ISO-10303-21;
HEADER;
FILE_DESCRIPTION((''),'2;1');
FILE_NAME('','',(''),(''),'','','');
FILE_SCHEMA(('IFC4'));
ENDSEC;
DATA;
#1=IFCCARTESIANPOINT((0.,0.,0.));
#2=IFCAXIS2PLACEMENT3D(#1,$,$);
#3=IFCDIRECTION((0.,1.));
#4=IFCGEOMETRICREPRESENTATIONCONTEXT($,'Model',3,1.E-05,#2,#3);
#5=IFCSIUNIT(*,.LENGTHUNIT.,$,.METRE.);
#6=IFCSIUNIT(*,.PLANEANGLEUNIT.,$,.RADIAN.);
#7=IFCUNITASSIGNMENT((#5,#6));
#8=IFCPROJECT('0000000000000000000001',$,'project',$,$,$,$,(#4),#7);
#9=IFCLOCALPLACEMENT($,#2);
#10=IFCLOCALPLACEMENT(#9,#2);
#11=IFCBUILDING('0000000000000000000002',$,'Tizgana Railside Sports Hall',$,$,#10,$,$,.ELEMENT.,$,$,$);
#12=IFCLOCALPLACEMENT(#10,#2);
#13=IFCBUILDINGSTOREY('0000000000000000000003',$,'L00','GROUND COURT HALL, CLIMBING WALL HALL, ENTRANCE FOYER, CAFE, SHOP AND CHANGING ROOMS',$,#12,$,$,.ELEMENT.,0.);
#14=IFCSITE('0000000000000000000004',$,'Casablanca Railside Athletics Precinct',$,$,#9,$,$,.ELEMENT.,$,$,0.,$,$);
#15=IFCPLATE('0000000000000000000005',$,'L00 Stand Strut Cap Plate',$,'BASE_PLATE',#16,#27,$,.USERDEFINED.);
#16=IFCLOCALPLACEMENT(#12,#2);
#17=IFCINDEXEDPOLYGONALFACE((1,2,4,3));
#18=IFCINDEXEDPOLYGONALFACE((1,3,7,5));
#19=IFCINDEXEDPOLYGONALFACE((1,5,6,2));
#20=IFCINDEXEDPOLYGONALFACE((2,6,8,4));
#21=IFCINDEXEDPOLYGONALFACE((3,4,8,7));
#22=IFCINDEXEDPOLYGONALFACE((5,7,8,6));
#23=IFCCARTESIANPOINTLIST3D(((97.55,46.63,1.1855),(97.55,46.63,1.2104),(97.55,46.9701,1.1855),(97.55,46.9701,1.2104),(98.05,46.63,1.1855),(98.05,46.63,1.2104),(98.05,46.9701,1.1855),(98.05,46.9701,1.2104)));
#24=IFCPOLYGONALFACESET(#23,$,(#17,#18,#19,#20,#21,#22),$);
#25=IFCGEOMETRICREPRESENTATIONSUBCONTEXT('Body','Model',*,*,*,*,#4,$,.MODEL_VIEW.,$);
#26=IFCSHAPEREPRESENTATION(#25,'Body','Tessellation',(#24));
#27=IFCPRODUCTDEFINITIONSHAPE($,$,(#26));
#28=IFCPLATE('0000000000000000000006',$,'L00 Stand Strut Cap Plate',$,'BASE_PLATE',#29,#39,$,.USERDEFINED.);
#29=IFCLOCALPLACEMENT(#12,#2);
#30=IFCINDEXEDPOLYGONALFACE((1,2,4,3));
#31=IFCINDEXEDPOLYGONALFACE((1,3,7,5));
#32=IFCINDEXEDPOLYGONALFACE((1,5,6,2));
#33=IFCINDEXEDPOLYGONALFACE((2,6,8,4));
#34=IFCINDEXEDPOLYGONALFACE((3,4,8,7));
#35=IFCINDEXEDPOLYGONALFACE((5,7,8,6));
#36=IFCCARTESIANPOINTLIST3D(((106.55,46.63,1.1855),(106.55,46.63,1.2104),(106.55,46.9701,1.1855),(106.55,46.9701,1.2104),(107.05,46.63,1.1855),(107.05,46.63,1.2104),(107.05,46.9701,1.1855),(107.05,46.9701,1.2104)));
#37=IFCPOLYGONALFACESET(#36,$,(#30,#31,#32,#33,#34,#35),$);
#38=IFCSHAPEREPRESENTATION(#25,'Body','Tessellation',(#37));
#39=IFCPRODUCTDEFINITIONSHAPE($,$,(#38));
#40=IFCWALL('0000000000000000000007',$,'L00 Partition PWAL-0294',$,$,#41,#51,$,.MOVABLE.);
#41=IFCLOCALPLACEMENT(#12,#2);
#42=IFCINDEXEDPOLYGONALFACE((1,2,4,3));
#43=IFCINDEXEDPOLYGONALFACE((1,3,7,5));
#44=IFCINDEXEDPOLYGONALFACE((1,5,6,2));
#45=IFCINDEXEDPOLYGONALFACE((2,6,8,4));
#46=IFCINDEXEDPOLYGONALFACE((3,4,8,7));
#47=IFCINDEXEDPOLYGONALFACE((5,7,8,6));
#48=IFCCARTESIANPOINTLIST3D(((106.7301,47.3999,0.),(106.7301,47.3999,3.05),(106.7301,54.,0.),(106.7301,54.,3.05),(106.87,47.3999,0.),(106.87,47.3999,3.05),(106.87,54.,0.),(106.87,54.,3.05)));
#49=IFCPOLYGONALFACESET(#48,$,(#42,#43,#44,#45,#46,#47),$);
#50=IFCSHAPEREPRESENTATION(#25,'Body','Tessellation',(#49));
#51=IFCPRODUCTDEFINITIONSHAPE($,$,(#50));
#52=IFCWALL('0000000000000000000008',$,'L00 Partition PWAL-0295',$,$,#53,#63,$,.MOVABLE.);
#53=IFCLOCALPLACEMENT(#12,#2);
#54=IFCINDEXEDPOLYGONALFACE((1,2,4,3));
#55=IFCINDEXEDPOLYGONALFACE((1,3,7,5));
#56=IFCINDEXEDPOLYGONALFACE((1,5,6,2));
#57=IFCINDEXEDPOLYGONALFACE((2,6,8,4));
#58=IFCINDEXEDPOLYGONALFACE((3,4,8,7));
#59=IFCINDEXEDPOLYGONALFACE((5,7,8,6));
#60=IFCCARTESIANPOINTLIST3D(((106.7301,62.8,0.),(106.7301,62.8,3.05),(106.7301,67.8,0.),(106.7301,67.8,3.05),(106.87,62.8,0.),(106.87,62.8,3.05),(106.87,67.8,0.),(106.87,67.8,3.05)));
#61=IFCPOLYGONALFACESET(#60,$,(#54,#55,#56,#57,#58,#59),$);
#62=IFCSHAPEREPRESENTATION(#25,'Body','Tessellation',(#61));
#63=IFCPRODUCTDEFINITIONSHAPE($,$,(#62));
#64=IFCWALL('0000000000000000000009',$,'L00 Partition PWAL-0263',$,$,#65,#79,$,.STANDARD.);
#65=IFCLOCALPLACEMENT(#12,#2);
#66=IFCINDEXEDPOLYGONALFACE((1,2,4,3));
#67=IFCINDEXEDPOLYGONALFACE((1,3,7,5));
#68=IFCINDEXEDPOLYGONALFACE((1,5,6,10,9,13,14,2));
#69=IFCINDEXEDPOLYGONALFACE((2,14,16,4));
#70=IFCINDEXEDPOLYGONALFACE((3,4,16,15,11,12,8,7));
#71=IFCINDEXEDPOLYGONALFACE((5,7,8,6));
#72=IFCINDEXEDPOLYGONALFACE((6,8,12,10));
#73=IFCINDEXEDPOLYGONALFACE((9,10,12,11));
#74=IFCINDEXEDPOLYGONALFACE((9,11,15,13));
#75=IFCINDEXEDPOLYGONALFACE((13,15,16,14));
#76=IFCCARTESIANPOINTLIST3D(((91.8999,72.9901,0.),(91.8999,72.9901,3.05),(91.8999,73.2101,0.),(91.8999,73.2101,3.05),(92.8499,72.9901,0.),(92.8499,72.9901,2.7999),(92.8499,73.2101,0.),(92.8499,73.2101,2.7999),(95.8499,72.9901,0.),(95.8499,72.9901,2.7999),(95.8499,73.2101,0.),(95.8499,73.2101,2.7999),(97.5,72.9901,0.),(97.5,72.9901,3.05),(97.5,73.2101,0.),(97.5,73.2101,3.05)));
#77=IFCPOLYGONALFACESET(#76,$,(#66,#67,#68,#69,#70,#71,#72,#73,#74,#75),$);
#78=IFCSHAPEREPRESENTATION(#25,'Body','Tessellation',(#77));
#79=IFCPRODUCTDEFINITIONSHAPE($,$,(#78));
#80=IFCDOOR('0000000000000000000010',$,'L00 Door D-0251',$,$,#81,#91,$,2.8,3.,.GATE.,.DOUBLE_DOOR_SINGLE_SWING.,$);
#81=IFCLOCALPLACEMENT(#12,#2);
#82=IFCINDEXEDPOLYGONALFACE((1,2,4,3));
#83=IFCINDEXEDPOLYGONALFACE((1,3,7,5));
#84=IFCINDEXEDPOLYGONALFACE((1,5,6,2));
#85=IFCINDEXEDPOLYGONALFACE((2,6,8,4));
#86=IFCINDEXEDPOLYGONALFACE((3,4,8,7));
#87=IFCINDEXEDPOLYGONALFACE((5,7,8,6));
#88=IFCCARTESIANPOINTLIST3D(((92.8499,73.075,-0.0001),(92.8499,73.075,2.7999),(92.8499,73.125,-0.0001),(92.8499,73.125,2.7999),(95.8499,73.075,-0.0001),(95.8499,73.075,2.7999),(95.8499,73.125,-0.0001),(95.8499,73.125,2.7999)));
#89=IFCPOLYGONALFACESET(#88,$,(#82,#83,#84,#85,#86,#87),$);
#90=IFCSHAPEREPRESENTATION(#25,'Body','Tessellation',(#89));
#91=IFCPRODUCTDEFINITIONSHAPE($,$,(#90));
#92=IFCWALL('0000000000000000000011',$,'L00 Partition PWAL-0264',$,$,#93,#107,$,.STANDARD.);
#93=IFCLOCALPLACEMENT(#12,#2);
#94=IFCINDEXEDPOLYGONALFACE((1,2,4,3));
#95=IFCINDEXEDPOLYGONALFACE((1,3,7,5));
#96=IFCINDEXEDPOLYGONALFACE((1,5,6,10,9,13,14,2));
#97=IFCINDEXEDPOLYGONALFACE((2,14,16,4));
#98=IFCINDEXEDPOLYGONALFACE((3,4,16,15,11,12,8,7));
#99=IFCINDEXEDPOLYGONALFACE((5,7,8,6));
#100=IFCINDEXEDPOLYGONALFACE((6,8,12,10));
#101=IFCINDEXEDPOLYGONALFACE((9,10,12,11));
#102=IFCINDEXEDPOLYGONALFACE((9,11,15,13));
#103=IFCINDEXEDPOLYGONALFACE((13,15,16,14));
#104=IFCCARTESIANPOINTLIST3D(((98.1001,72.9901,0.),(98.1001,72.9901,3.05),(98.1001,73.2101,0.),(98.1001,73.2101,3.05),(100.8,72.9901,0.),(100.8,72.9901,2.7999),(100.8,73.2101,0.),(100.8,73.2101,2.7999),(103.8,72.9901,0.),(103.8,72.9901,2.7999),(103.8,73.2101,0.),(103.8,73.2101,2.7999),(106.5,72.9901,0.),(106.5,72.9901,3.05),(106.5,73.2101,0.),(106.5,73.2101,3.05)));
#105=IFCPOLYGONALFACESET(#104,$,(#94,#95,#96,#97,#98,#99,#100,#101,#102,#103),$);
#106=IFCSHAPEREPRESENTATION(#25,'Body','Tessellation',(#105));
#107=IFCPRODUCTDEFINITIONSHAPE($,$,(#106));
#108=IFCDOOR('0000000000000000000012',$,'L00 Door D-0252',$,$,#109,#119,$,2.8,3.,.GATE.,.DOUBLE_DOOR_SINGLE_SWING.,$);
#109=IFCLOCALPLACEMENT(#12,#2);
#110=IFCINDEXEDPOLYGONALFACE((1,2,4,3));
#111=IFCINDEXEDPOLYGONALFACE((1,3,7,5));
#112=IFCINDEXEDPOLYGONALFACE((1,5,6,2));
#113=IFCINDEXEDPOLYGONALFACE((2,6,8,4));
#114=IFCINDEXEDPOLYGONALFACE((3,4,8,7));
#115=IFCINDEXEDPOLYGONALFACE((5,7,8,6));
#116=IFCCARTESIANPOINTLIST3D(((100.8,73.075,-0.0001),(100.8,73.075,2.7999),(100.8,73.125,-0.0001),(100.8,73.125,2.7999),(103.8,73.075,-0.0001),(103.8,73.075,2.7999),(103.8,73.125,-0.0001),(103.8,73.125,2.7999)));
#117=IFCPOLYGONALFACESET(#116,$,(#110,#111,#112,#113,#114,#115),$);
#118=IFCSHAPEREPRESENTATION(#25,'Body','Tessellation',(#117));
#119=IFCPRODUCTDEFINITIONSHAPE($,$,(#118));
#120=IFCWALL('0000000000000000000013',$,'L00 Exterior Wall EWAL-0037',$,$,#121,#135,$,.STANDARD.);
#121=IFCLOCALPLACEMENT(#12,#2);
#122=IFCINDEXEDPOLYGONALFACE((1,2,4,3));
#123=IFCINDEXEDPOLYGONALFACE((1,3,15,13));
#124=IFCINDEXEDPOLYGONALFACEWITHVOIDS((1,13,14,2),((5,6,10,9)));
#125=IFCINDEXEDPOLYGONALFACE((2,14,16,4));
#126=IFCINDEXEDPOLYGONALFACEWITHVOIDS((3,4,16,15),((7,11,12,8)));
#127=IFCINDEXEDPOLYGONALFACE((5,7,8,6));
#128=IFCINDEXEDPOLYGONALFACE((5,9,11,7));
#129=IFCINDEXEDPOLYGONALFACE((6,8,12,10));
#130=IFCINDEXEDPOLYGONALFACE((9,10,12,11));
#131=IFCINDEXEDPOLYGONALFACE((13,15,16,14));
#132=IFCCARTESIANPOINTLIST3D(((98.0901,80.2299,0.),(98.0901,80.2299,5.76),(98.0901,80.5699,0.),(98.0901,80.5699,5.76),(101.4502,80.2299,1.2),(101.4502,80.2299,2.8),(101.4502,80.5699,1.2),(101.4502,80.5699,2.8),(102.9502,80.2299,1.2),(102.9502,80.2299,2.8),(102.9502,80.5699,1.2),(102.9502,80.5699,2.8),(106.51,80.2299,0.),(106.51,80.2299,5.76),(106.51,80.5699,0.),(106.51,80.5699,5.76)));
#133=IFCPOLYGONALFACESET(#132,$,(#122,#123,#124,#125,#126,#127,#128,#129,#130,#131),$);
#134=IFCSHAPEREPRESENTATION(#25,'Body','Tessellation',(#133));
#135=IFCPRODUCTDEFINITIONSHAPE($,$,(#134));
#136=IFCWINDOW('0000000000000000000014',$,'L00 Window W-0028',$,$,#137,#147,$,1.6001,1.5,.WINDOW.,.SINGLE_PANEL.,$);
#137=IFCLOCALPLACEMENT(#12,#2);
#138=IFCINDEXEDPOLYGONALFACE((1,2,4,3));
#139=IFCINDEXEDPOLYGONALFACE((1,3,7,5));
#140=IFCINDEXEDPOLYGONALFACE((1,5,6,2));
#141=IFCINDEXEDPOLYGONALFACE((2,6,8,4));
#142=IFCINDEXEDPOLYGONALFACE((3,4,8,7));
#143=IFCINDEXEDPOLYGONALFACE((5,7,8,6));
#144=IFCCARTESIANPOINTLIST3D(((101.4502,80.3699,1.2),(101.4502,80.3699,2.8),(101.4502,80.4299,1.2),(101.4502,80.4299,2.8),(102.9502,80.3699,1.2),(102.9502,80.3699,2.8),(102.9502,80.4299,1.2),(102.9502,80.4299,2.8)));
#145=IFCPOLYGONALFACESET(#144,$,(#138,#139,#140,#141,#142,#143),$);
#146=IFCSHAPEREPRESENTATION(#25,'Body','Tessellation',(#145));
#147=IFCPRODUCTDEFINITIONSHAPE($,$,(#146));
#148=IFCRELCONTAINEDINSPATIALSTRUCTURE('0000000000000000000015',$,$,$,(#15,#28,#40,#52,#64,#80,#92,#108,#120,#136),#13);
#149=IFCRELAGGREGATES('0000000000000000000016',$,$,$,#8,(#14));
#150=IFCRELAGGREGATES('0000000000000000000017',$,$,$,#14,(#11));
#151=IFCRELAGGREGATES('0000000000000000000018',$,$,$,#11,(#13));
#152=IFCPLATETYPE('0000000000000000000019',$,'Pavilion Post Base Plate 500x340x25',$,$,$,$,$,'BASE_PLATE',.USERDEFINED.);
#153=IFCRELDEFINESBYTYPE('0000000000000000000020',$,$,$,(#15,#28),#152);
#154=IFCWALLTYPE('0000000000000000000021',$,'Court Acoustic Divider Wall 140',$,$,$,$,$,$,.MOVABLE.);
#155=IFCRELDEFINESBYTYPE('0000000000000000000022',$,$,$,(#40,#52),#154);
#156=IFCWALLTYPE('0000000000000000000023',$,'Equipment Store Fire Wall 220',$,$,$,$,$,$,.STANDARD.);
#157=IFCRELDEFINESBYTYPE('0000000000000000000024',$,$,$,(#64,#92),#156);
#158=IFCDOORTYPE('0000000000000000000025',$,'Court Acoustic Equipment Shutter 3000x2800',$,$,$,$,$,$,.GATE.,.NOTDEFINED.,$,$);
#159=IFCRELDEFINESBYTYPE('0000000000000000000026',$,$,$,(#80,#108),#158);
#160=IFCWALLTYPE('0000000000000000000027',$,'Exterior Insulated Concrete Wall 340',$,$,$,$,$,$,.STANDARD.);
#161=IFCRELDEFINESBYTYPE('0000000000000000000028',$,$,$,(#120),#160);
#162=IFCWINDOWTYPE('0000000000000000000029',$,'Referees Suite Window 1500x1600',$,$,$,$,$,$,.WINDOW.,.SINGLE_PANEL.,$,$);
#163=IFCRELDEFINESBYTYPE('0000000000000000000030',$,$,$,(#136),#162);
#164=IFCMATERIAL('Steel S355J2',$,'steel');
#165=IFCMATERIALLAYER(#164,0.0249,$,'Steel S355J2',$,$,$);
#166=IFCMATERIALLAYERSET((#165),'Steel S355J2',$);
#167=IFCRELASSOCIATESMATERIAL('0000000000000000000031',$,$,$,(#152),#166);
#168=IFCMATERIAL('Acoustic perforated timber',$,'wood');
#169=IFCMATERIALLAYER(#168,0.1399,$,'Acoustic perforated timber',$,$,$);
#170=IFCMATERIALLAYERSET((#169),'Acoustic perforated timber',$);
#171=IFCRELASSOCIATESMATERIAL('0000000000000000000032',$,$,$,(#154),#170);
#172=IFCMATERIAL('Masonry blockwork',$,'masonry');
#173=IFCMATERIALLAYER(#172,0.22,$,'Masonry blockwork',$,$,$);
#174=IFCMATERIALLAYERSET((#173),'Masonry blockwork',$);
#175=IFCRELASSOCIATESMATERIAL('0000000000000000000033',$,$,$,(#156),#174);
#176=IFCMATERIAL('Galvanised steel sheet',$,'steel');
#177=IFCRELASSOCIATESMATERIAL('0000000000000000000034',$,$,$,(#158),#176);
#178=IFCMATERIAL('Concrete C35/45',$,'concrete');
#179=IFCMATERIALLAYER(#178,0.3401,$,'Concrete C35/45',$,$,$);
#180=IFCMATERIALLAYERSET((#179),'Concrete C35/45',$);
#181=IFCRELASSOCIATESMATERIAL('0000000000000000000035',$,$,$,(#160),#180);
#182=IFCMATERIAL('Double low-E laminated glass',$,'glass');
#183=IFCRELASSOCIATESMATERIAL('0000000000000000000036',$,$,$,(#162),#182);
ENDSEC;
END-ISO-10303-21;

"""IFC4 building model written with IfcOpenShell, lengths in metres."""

from ifc_helpers import new_model, si_unit, direction, frame, frame_2d, origin, origin_2d, place, context, subcontext, project, spatial, rectangle, extrude, material, layer, layer_set, type_object, element, fill, save


model = new_model("IFC4")

# Units and contexts
model_context = context("Model", 3, precision=1e-05, world=origin(), true_north=direction((0.0, 1.0)))
body_context = subcontext(model_context, "Body", "Model", "MODEL_VIEW")
ifc_project = project(units=[si_unit("LENGTHUNIT", "METRE"), si_unit("PLANEANGLEUNIT", "RADIAN")], contexts=[model_context])

# Site, building, storey
site_placement = place(None, origin())
site = spatial("IfcSite", under=ifc_project, at=site_placement, Name="Casablanca Railside Athletics Precinct", CompositionType="ELEMENT", RefElevation=0.0)
building_placement = place(site_placement, origin())
building = spatial("IfcBuilding", under=site, at=building_placement, Name="Tizgana Railside Sports Hall", CompositionType="ELEMENT")
storey_placement = place(building_placement, origin())
storey = spatial("IfcBuildingStorey", under=building, at=storey_placement, Name="L00", Description="GROUND COURT HALL, CLIMBING WALL HALL, ENTRANCE FOYER, CAFE, SHOP AND CHANGING ROOMS", CompositionType="ELEMENT", Elevation=0.0)

# Shared definitions
ifc_material_1 = material(Name="Steel S355J2", Category="steel")

# Plates
ifc_layer_1 = layer(ifc_material_1, 0.0249, Name="Steel S355J2")
ifc_layer_set_1 = layer_set([ifc_layer_1], Name="Steel S355J2")
plate_type = type_object("IfcPlateType", Name="Pavilion Post Base Plate 500x340x25", ElementType="BASE_PLATE", PredefinedType="USERDEFINED", material=ifc_layer_set_1)
for number, where, z_axis, x_axis, name in (
    (1, (97.8, 46.8, 1.1855), (0.0, 0.0, 1.0), (1.0, 0.0, 0.0), "L00 Stand Strut Cap Plate"),
    (2, (106.8, 46.8, 1.1855), (0.0, 0.0, 1.0), (1.0, 0.0, 0.0), "L00 Stand Strut Cap Plate"),
):
    element("IfcPlate", number, at=place(storey_placement, frame(where, z_axis=z_axis, x_axis=x_axis)), inside=storey, type_object=plate_type, Name=name, ObjectType="BASE_PLATE", PredefinedType="USERDEFINED", context=body_context, shape_type="SweptSolid", body=[
        extrude(rectangle(XDim=0.5, YDim=0.3401, at=origin_2d()), origin(), (0.0, 0.0, 1.0), 0.0249),
    ])

# Walls
ifc_material_2 = material(Name="Acoustic perforated timber", Category="wood")
ifc_layer_2 = layer(ifc_material_2, 0.1399, Name="Acoustic perforated timber")
ifc_layer_set_2 = layer_set([ifc_layer_2], Name="Acoustic perforated timber")
wall_type_1 = type_object("IfcWallType", Name="Court Acoustic Divider Wall 140", PredefinedType="MOVABLE", material=ifc_layer_set_2)
wall_1_placement = place(storey_placement, frame((106.8, 47.3999, 0.0), z_axis=(0.0, 0.0, 1.0), x_axis=(0.0, 1.0, 0.0)))
element("IfcWall", 3, at=wall_1_placement, inside=storey, type_object=wall_type_1, Name="L00 Partition PWAL-0294", PredefinedType="MOVABLE", context=body_context, shape_type="SweptSolid", body=[
    extrude(rectangle(XDim=6.6001, YDim=0.1399, at=frame_2d((3.3, 0.0))), origin(), (0.0, 0.0, 1.0), 3.05),
])
wall_2_placement = place(storey_placement, frame((106.8, 62.8, 0.0), z_axis=(0.0, 0.0, 1.0), x_axis=(0.0, 1.0, 0.0)))
element("IfcWall", 4, at=wall_2_placement, inside=storey, type_object=wall_type_1, Name="L00 Partition PWAL-0295", PredefinedType="MOVABLE", context=body_context, shape_type="SweptSolid", body=[
    extrude(rectangle(XDim=5.0, YDim=0.1399, at=frame_2d((2.5, 0.0))), origin(), (0.0, 0.0, 1.0), 3.05),
])

# Walls, openings, doors
ifc_material_3 = material(Name="Masonry blockwork", Category="masonry")
ifc_layer_3 = layer(ifc_material_3, 0.22, Name="Masonry blockwork")
ifc_layer_set_3 = layer_set([ifc_layer_3], Name="Masonry blockwork")
wall_type_2 = type_object("IfcWallType", Name="Equipment Store Fire Wall 220", PredefinedType="STANDARD", material=ifc_layer_set_3)
wall_3_placement = place(storey_placement, frame((91.8999, 73.1001, 0.0), z_axis=(0.0, 0.0, 1.0), x_axis=(1.0, 0.0, 0.0)))
wall_3 = element("IfcWall", 5, at=wall_3_placement, inside=storey, type_object=wall_type_2, Name="L00 Partition PWAL-0263", PredefinedType="STANDARD", context=body_context, shape_type="SweptSolid", body=[
    extrude(rectangle(XDim=5.6001, YDim=0.22, at=frame_2d((2.8, 0.0))), origin(), (0.0, 0.0, 1.0), 3.05),
])
opening_1_placement = place(wall_3_placement, frame((0.95, 0.0, 0.0)))
opening_1 = element("IfcOpeningElement", 6, at=opening_1_placement, cuts=wall_3, PredefinedType="OPENING", context=body_context, shape_type="SweptSolid", body=[
    extrude(rectangle(XDim=3.0, YDim=2.8, at=frame_2d((1.5, 1.3999))), frame((0.0, 0.1199, 0.0), z_axis=(0.0, -1.0, 0.0), x_axis=(1.0, 0.0, 0.0)), (0.0, 0.0, 1.0), 0.24),
])
ifc_material_4 = material(Name="Galvanised steel sheet", Category="steel")
door_type_1 = type_object("IfcDoorType", Name="Court Acoustic Equipment Shutter 3000x2800", OperationType="NOTDEFINED", PredefinedType="GATE", material=ifc_material_4)
door_1_placement = place(opening_1_placement, origin())
door_1 = element("IfcDoor", 7, at=door_1_placement, inside=storey, type_object=door_type_1, Name="L00 Door D-0251", OperationType="DOUBLE_DOOR_SINGLE_SWING", OverallHeight=2.8, OverallWidth=3.0, PredefinedType="GATE", context=body_context, shape_type="SweptSolid", body=[
    extrude(rectangle(XDim=3.0, YDim=2.8, at=frame_2d((1.5, 1.3999))), frame((0.0, 0.0249, 0.0), z_axis=(0.0, -1.0, 0.0), x_axis=(1.0, 0.0, 0.0)), (0.0, 0.0, 1.0), 0.05),
])
fill(opening_1, door_1)
wall_4_placement = place(storey_placement, frame((98.1001, 73.1001, 0.0), z_axis=(0.0, 0.0, 1.0), x_axis=(1.0, 0.0, 0.0)))
wall_4 = element("IfcWall", 8, at=wall_4_placement, inside=storey, type_object=wall_type_2, Name="L00 Partition PWAL-0264", PredefinedType="STANDARD", context=body_context, shape_type="SweptSolid", body=[
    extrude(rectangle(XDim=8.3999, YDim=0.22, at=frame_2d((4.2, 0.0))), origin(), (0.0, 0.0, 1.0), 3.05),
])
opening_2_placement = place(wall_4_placement, frame((2.7, 0.0, 0.0)))
opening_2 = element("IfcOpeningElement", 9, at=opening_2_placement, cuts=wall_4, PredefinedType="OPENING", context=body_context, shape_type="SweptSolid", body=[
    extrude(rectangle(XDim=3.0, YDim=2.8, at=frame_2d((1.5, 1.3999))), frame((0.0, 0.1199, 0.0), z_axis=(0.0, -1.0, 0.0), x_axis=(1.0, 0.0, 0.0)), (0.0, 0.0, 1.0), 0.24),
])
door_2_placement = place(opening_2_placement, origin())
door_2 = element("IfcDoor", 10, at=door_2_placement, inside=storey, type_object=door_type_1, Name="L00 Door D-0252", OperationType="DOUBLE_DOOR_SINGLE_SWING", OverallHeight=2.8, OverallWidth=3.0, PredefinedType="GATE", context=body_context, shape_type="SweptSolid", body=[
    extrude(rectangle(XDim=3.0, YDim=2.8, at=frame_2d((1.5, 1.3999))), frame((0.0, 0.0249, 0.0), z_axis=(0.0, -1.0, 0.0), x_axis=(1.0, 0.0, 0.0)), (0.0, 0.0, 1.0), 0.05),
])
fill(opening_2, door_2)

# Wall, opening, window
ifc_material_5 = material(Name="Concrete C35/45", Category="concrete")
ifc_layer_4 = layer(ifc_material_5, 0.3401, Name="Concrete C35/45")
ifc_layer_set_4 = layer_set([ifc_layer_4], Name="Concrete C35/45")
wall_type_3 = type_object("IfcWallType", Name="Exterior Insulated Concrete Wall 340", PredefinedType="STANDARD", material=ifc_layer_set_4)
wall_5_placement = place(storey_placement, frame((98.0901, 80.3999, 0.0), z_axis=(0.0, 0.0, 1.0), x_axis=(1.0, 0.0, 0.0)))
wall_5 = element("IfcWall", 11, at=wall_5_placement, inside=storey, type_object=wall_type_3, Name="L00 Exterior Wall EWAL-0037", PredefinedType="STANDARD", context=body_context, shape_type="SweptSolid", body=[
    extrude(rectangle(XDim=8.4199, YDim=0.3401, at=frame_2d((4.21, 0.0))), origin(), (0.0, 0.0, 1.0), 5.76),
])
opening_3_placement = place(wall_5_placement, frame((3.3601, 0.0, 1.2)))
opening_3 = element("IfcOpeningElement", 12, at=opening_3_placement, cuts=wall_5, PredefinedType="OPENING", context=body_context, shape_type="SweptSolid", body=[
    extrude(rectangle(XDim=1.5, YDim=1.6001, at=frame_2d((0.75, 0.8))), frame((0.0, 0.1799, 0.0), z_axis=(0.0, -1.0, 0.0), x_axis=(1.0, 0.0, 0.0)), (0.0, 0.0, 1.0), 0.3601),
])
ifc_material_6 = material(Name="Double low-E laminated glass", Category="glass")
window_type = type_object("IfcWindowType", Name="Referees Suite Window 1500x1600", PartitioningType="SINGLE_PANEL", PredefinedType="WINDOW", material=ifc_material_6)
window_placement = place(opening_3_placement, origin())
window = element("IfcWindow", 13, at=window_placement, inside=storey, type_object=window_type, Name="L00 Window W-0028", OverallHeight=1.6001, OverallWidth=1.5, PartitioningType="SINGLE_PANEL", PredefinedType="WINDOW", context=body_context, shape_type="SweptSolid", body=[
    extrude(rectangle(XDim=1.5, YDim=1.6001, at=frame_2d((0.75, 0.8))), frame((0.0, 0.03, 0.0), z_axis=(0.0, -1.0, 0.0), x_axis=(1.0, 0.0, 0.0)), (0.0, 0.0, 1.0), 0.0601),
])
fill(opening_3, window)

save(model, "model.ifc")
